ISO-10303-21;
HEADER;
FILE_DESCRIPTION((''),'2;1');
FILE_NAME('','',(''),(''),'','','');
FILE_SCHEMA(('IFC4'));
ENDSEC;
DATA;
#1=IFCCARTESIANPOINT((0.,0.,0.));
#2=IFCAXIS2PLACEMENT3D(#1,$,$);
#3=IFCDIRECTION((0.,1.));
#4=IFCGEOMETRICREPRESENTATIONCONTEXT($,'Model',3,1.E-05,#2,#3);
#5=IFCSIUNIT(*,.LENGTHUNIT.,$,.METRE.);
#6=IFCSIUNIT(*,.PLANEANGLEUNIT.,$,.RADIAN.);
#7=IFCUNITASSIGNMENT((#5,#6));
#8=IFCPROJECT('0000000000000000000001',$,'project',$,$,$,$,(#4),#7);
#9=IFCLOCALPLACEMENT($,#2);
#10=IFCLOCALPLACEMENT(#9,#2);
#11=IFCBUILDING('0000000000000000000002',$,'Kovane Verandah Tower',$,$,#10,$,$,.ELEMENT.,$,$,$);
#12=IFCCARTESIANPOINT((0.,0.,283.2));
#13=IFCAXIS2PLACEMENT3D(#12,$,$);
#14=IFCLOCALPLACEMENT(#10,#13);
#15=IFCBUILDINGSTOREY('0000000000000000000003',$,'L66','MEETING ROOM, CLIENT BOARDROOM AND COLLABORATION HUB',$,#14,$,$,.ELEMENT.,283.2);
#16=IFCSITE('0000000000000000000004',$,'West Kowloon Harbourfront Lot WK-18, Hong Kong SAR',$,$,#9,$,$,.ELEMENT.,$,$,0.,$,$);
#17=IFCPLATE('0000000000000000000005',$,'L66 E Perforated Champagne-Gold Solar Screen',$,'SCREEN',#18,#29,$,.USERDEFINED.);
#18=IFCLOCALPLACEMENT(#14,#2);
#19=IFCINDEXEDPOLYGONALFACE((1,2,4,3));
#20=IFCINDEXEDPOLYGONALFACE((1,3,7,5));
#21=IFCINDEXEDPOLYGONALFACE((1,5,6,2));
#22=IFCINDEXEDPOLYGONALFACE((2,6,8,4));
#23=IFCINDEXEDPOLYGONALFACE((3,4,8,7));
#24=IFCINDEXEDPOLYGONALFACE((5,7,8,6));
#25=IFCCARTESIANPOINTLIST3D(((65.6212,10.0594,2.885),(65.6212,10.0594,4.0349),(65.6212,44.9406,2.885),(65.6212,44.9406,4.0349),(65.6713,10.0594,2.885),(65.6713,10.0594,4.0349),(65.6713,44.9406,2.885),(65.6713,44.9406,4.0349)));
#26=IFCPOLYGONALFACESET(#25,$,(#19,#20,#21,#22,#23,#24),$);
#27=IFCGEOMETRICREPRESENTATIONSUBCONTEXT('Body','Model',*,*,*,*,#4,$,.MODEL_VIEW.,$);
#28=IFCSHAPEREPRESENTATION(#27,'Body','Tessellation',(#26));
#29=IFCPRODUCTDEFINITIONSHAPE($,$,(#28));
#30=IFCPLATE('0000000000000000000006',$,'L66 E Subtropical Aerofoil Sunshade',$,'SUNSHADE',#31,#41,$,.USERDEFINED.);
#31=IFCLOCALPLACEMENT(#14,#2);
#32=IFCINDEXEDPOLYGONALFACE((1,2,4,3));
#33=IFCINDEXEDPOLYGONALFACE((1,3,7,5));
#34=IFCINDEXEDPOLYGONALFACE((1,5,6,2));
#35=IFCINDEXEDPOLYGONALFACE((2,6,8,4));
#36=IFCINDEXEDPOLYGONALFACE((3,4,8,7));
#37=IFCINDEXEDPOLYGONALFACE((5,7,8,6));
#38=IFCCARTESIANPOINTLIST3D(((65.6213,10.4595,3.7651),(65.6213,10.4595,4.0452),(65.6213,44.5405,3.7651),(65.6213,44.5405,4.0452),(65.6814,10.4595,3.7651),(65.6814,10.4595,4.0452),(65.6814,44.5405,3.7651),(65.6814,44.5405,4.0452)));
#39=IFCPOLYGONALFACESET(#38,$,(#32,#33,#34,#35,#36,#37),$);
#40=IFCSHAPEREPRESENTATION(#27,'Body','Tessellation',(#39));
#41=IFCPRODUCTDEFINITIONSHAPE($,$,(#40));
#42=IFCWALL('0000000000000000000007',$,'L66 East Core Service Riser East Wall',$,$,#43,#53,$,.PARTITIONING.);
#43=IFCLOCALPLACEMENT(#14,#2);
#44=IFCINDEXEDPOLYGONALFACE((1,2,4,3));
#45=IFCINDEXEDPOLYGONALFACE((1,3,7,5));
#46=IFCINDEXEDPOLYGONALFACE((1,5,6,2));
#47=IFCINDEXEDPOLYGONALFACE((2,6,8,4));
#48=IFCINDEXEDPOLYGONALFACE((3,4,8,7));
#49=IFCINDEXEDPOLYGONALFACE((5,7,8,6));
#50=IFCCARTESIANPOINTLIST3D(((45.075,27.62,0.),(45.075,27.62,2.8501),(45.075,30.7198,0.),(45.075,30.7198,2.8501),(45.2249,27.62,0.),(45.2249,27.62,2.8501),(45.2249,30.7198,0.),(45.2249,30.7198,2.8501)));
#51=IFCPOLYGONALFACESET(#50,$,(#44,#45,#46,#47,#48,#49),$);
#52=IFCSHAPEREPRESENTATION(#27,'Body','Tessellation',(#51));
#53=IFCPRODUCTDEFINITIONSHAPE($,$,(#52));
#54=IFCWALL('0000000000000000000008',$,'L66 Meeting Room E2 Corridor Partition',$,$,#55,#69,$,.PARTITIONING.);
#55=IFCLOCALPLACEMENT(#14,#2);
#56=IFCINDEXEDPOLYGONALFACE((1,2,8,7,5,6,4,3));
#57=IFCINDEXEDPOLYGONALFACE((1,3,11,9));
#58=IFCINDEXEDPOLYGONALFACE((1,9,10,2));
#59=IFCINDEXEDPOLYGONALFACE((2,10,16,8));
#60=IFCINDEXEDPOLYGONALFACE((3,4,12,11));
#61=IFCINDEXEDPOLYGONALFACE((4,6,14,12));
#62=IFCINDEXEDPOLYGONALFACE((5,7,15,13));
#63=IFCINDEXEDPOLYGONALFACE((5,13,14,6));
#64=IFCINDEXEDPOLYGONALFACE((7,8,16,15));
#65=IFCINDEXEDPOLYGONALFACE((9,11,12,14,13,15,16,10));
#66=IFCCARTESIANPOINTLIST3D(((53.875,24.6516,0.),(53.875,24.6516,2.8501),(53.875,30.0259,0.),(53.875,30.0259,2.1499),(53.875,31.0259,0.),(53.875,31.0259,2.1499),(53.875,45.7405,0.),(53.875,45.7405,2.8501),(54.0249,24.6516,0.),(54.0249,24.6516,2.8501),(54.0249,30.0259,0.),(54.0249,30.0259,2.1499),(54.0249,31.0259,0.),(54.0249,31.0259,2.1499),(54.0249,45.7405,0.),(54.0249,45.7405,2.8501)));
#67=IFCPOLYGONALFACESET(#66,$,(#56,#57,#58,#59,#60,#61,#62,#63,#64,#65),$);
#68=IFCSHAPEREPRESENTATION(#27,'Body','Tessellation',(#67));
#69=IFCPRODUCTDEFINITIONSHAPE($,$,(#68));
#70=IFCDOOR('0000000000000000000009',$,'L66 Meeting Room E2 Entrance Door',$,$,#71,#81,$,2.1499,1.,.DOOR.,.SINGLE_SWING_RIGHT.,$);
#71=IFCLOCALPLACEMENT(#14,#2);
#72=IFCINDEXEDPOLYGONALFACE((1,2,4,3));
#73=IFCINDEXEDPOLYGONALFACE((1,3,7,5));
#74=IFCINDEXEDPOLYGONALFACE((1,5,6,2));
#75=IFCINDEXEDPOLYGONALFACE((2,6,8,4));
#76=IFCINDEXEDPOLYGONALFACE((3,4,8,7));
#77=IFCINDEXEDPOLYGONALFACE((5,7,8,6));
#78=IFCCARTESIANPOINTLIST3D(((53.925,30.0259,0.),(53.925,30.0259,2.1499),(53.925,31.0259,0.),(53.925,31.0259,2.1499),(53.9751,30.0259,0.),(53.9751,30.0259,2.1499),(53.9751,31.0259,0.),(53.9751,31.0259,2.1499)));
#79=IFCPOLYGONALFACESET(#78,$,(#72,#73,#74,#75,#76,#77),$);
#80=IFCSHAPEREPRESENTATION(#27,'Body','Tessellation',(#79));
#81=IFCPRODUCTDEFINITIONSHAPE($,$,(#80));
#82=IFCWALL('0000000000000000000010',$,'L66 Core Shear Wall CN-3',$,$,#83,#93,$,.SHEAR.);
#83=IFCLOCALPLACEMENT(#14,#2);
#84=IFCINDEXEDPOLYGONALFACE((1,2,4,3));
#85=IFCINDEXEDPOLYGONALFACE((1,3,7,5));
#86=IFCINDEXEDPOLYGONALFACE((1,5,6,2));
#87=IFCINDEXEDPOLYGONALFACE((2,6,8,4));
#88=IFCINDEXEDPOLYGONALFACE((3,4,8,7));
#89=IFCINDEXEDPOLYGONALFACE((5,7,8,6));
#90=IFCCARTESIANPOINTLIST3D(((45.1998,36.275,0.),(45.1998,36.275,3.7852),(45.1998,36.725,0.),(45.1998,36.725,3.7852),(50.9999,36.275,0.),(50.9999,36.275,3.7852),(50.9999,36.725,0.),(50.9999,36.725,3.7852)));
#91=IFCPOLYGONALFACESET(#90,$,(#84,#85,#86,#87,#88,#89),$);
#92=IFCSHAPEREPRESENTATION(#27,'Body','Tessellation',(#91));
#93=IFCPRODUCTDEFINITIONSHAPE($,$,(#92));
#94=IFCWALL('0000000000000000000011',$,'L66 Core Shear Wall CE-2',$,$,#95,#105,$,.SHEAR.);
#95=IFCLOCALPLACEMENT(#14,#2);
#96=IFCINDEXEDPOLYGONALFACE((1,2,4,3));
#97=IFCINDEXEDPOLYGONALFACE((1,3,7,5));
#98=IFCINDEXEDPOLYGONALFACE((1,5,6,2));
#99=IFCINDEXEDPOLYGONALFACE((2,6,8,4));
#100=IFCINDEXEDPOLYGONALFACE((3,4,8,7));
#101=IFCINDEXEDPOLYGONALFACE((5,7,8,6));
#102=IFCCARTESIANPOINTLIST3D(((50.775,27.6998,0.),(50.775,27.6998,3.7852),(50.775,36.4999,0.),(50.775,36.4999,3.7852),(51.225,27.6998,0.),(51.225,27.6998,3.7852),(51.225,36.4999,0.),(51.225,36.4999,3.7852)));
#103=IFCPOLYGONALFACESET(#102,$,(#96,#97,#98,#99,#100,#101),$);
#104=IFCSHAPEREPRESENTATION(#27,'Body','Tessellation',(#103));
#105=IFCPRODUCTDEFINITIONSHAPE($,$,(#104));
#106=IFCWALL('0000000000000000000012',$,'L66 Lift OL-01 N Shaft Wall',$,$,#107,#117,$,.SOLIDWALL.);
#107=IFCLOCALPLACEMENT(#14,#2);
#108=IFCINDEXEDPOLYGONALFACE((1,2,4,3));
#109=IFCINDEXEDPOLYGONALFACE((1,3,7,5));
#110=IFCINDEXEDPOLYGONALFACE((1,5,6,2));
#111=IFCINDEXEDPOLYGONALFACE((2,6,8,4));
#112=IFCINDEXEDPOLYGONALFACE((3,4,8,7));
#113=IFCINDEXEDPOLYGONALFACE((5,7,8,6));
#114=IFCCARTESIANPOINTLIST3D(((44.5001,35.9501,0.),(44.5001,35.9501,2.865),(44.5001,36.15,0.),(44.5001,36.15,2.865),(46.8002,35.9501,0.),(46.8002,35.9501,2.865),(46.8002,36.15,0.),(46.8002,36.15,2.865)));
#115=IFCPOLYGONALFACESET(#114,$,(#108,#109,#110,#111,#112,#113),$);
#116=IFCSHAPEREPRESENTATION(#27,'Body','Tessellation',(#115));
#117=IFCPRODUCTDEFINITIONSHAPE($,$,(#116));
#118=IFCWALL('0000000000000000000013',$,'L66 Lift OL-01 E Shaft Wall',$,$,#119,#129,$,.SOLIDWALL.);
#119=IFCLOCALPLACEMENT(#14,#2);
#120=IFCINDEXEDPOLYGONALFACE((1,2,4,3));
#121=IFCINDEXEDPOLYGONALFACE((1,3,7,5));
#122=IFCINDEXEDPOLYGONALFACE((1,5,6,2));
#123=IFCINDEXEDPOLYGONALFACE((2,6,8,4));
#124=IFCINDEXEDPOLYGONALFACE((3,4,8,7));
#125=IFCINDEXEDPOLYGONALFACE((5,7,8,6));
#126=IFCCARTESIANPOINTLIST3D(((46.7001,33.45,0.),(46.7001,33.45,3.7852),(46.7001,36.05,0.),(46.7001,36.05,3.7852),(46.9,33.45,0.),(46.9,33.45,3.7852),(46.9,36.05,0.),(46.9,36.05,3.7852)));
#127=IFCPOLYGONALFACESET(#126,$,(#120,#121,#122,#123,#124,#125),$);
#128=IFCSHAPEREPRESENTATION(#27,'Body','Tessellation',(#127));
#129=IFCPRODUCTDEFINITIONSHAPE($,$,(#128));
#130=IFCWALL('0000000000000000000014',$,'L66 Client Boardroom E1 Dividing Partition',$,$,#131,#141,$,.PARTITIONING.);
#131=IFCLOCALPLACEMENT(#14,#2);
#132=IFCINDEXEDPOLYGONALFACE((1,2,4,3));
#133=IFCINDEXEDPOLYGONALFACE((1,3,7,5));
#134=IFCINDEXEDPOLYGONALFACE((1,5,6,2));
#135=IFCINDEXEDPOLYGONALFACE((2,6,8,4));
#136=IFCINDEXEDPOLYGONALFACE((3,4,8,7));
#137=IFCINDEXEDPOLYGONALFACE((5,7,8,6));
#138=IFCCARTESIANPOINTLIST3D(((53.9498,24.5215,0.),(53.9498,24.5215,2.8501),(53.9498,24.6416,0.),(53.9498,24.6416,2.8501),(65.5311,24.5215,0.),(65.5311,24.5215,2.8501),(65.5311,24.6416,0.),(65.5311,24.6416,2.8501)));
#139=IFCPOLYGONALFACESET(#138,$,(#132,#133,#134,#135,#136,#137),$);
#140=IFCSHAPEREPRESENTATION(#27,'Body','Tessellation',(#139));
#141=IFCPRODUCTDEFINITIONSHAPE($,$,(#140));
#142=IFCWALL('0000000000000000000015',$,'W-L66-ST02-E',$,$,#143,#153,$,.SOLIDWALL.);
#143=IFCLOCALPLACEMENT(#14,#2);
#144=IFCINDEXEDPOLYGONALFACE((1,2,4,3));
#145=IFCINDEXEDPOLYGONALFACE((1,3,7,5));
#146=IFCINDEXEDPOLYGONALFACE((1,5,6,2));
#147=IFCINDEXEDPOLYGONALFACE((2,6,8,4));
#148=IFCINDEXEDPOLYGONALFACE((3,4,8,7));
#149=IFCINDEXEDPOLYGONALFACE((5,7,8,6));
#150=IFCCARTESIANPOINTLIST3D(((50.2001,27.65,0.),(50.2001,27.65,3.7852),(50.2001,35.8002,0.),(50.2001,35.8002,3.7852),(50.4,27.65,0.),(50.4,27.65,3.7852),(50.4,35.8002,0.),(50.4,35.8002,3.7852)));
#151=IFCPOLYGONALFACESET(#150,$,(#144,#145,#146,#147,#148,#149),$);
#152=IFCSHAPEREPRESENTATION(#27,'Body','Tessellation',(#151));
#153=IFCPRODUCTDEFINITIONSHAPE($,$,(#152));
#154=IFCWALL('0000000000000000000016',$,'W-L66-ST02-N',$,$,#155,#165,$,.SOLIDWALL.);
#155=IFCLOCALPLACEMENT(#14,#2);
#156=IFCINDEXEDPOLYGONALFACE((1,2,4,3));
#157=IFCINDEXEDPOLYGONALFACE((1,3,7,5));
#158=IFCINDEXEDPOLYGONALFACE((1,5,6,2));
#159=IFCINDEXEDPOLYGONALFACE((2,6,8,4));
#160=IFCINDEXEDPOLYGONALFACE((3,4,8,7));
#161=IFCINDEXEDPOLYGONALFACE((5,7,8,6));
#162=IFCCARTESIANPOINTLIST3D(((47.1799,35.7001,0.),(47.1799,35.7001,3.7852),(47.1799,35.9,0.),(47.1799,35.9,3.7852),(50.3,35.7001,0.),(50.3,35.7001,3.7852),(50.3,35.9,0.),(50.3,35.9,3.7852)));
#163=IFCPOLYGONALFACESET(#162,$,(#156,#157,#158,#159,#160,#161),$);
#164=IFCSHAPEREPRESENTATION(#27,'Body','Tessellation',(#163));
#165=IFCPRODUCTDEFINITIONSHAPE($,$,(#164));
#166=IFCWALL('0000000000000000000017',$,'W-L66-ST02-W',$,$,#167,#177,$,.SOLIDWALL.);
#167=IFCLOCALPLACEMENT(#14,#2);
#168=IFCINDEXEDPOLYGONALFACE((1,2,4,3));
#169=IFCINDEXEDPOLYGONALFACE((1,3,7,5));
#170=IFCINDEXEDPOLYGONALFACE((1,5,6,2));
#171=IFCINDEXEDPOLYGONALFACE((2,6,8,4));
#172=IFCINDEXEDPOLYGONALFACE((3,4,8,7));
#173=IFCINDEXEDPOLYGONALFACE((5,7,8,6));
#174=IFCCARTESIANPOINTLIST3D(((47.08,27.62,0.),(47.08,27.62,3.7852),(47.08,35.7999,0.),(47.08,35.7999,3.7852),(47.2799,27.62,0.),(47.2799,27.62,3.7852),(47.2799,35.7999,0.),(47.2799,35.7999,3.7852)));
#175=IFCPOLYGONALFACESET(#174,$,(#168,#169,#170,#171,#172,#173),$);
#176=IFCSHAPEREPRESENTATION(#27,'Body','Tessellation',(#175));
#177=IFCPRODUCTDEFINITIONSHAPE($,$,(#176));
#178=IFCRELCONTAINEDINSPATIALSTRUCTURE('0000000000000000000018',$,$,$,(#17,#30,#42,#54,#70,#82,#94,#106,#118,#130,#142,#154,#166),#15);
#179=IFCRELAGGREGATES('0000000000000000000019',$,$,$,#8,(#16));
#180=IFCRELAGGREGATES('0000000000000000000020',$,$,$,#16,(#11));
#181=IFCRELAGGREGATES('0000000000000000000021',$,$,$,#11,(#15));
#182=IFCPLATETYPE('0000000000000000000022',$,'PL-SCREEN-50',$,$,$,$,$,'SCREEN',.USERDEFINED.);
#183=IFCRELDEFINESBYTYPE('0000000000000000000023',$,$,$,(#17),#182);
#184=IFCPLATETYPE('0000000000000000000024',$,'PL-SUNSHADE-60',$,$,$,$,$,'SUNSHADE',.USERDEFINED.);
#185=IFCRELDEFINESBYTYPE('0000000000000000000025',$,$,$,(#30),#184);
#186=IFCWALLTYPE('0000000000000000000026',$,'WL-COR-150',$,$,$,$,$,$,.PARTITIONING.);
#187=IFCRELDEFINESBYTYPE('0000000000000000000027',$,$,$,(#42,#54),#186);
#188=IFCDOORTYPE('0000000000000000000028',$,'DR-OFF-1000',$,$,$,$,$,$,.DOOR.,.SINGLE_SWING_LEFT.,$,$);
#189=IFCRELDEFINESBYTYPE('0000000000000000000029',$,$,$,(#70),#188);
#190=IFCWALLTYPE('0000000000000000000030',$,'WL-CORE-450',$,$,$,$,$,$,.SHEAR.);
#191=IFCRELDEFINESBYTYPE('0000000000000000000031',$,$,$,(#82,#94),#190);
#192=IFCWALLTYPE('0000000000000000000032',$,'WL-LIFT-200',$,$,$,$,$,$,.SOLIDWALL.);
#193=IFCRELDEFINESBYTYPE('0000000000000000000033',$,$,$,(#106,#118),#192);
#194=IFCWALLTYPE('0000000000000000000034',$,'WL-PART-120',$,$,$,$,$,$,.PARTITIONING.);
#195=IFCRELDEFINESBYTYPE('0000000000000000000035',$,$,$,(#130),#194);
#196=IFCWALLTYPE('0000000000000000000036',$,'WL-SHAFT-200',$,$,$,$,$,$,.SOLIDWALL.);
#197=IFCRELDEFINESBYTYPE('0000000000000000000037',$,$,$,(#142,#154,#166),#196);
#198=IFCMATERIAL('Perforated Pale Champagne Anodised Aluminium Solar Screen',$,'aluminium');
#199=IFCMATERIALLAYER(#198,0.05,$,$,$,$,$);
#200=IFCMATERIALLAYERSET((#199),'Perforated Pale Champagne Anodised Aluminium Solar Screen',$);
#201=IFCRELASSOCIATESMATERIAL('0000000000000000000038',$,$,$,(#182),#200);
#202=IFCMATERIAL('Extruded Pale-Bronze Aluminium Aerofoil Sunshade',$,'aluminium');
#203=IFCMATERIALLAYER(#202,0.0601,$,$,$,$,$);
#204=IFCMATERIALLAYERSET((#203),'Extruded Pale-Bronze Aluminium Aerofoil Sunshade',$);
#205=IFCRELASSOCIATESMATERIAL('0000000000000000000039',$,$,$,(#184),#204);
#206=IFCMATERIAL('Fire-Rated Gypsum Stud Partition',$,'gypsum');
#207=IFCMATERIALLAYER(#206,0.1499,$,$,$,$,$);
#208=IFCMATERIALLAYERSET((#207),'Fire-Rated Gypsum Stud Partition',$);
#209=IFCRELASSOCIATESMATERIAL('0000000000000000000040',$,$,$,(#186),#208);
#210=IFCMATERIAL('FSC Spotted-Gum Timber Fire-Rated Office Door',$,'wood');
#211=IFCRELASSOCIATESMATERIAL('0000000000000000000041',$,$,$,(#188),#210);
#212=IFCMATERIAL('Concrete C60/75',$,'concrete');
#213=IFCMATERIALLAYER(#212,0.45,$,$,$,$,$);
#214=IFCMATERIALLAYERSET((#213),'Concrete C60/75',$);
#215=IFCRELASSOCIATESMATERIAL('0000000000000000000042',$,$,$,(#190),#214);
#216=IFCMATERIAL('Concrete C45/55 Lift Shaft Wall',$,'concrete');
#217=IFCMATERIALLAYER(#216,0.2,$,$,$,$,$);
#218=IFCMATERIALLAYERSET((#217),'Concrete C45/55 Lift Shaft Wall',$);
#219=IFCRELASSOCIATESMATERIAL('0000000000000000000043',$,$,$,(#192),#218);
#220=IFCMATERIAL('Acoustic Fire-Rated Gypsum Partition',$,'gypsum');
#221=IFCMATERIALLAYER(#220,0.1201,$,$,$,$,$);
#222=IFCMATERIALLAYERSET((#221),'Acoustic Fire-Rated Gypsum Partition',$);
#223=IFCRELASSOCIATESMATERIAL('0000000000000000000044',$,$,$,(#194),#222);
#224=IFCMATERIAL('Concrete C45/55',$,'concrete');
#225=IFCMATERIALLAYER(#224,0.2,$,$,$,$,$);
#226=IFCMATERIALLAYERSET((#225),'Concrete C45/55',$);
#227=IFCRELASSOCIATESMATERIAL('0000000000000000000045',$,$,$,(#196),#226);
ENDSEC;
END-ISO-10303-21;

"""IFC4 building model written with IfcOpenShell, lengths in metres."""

from ifc_helpers import new_model, si_unit, direction, frame, frame_2d, origin, origin_2d, place, context, subcontext, project, spatial, rectangle, extrude, material, layer, layer_set, type_object, element, fill, save


model = new_model("IFC4")

# Units and contexts
model_context = context("Model", 3, precision=1e-05, world=origin(), true_north=direction((0.0, 1.0)))
body_context = subcontext(model_context, "Body", "Model", "MODEL_VIEW")
ifc_project = project(units=[si_unit("LENGTHUNIT", "METRE"), si_unit("PLANEANGLEUNIT", "RADIAN")], contexts=[model_context])

# Site, building, storey
site_placement = place(None, origin())
site = spatial("IfcSite", under=ifc_project, at=site_placement, Name="West Kowloon Harbourfront Lot WK-18, Hong Kong SAR", CompositionType="ELEMENT", RefElevation=0.0)
building_placement = place(site_placement, origin())
building = spatial("IfcBuilding", under=site, at=building_placement, Name="Kovane Verandah Tower", CompositionType="ELEMENT")
storey_placement = place(building_placement, frame((0.0, 0.0, 283.2)))
storey = spatial("IfcBuildingStorey", under=building, at=storey_placement, Name="L66", Description="MEETING ROOM, CLIENT BOARDROOM AND COLLABORATION HUB", CompositionType="ELEMENT", Elevation=283.2)

# Plates
ifc_material_1 = material(Name="Perforated Pale Champagne Anodised Aluminium Solar Screen", Category="aluminium")
ifc_layer_1 = layer(ifc_material_1, 0.05)
ifc_layer_set_1 = layer_set([ifc_layer_1], Name="Perforated Pale Champagne Anodised Aluminium Solar Screen")
plate_type_1 = type_object("IfcPlateType", Name="PL-SCREEN-50", ElementType="SCREEN", PredefinedType="USERDEFINED", material=ifc_layer_set_1)
plate_1_placement = place(storey_placement, frame((65.6462, 27.5, 2.885), z_axis=(0.0, 0.0, 1.0), x_axis=(0.0, 1.0, 0.0)))
element("IfcPlate", 1, at=plate_1_placement, inside=storey, type_object=plate_type_1, Name="L66 E Perforated Champagne-Gold Solar Screen", ObjectType="SCREEN", PredefinedType="USERDEFINED", context=body_context, shape_type="SweptSolid", body=[
    extrude(rectangle(XDim=34.8811, YDim=0.05, at=origin_2d()), origin(), (0.0, 0.0, 1.0), 1.1499),
])
ifc_material_2 = material(Name="Extruded Pale-Bronze Aluminium Aerofoil Sunshade", Category="aluminium")
ifc_layer_2 = layer(ifc_material_2, 0.0601)
ifc_layer_set_2 = layer_set([ifc_layer_2], Name="Extruded Pale-Bronze Aluminium Aerofoil Sunshade")
plate_type_2 = type_object("IfcPlateType", Name="PL-SUNSHADE-60", ElementType="SUNSHADE", PredefinedType="USERDEFINED", material=ifc_layer_set_2)
plate_2_placement = place(storey_placement, frame((65.6514, 27.5, 3.7651), z_axis=(0.0, 0.0, 1.0), x_axis=(0.0, 1.0, 0.0)))
element("IfcPlate", 2, at=plate_2_placement, inside=storey, type_object=plate_type_2, Name="L66 E Subtropical Aerofoil Sunshade", ObjectType="SUNSHADE", PredefinedType="USERDEFINED", context=body_context, shape_type="SweptSolid", body=[
    extrude(rectangle(XDim=34.0811, YDim=0.0601, at=origin_2d()), origin(), (0.0, 0.0, 1.0), 0.28),
])

# Wall
ifc_material_3 = material(Name="Fire-Rated Gypsum Stud Partition", Category="gypsum")
ifc_layer_3 = layer(ifc_material_3, 0.1499)
ifc_layer_set_3 = layer_set([ifc_layer_3], Name="Fire-Rated Gypsum Stud Partition")
wall_type_1 = type_object("IfcWallType", Name="WL-COR-150", PredefinedType="PARTITIONING", material=ifc_layer_set_3)
wall_1_placement = place(storey_placement, frame((45.1499, 27.6201, 0.0), z_axis=(0.0, 0.0, 1.0), x_axis=(0.0, 1.0, 0.0)))
element("IfcWall", 3, at=wall_1_placement, inside=storey, type_object=wall_type_1, Name="L66 East Core Service Riser East Wall", PredefinedType="PARTITIONING", context=body_context, shape_type="SweptSolid", body=[
    extrude(rectangle(XDim=3.0999, YDim=0.1499, at=frame_2d((1.5498, 0.0))), origin(), (0.0, 0.0, 1.0), 2.8501),
])

# Wall, opening, door
wall_2_placement = place(storey_placement, frame((53.95, 24.6516, 0.0), z_axis=(0.0, 0.0, 1.0), x_axis=(0.0, 1.0, 0.0)))
wall_2 = element("IfcWall", 4, at=wall_2_placement, inside=storey, type_object=wall_type_1, Name="L66 Meeting Room E2 Corridor Partition", PredefinedType="PARTITIONING", context=body_context, shape_type="SweptSolid", body=[
    extrude(rectangle(XDim=21.0889, YDim=0.1499, at=frame_2d((10.5444, 0.0))), origin(), (0.0, 0.0, 1.0), 2.8501),
])
opening_1_placement = place(wall_2_placement, frame((5.3743, 0.0, 0.0)))
opening_1 = element("IfcOpeningElement", 5, at=opening_1_placement, cuts=wall_2, PredefinedType="OPENING", context=body_context, shape_type="SweptSolid", body=[
    extrude(rectangle(XDim=1.0, YDim=2.1499, at=frame_2d((0.5, 1.075))), frame((0.0, 0.075, 0.0), z_axis=(0.0, -1.0, 0.0), x_axis=(1.0, 0.0, 0.0)), (0.0, 0.0, 1.0), 0.1499),
])
ifc_material_4 = material(Name="FSC Spotted-Gum Timber Fire-Rated Office Door", Category="wood")
door_type_1 = type_object("IfcDoorType", Name="DR-OFF-1000", OperationType="SINGLE_SWING_LEFT", PredefinedType="DOOR", material=ifc_material_4)
door_1_placement = place(opening_1_placement, origin())
door_1 = element("IfcDoor", 6, at=door_1_placement, inside=storey, type_object=door_type_1, Name="L66 Meeting Room E2 Entrance Door", OperationType="SINGLE_SWING_RIGHT", OverallHeight=2.1499, OverallWidth=1.0, PredefinedType="DOOR", context=body_context, shape_type="SweptSolid", body=[
    extrude(rectangle(XDim=1.0, YDim=2.1499, at=frame_2d((0.5, 1.075))), frame((0.0, 0.0249, 0.0), z_axis=(0.0, -1.0, 0.0), x_axis=(1.0, 0.0, 0.0)), (0.0, 0.0, 1.0), 0.05),
])
fill(opening_1, door_1)

# Walls
ifc_material_5 = material(Name="Concrete C60/75", Category="concrete")
ifc_layer_4 = layer(ifc_material_5, 0.45)
ifc_layer_set_4 = layer_set([ifc_layer_4], Name="Concrete C60/75")
wall_type_2 = type_object("IfcWallType", Name="WL-CORE-450", PredefinedType="SHEAR", material=ifc_layer_set_4)
wall_3_placement = place(storey_placement, frame((45.2, 36.5, 0.0), z_axis=(0.0, 0.0, 1.0), x_axis=(1.0, 0.0, 0.0)))
element("IfcWall", 7, at=wall_3_placement, inside=storey, type_object=wall_type_2, Name="L66 Core Shear Wall CN-3", PredefinedType="SHEAR", context=body_context, shape_type="SweptSolid", body=[
    extrude(rectangle(XDim=5.8, YDim=0.45, at=frame_2d((2.8999, 0.0))), origin(), (0.0, 0.0, 1.0), 3.7852),
])
wall_4_placement = place(storey_placement, frame((51.0, 27.7, 0.0), z_axis=(0.0, 0.0, 1.0), x_axis=(0.0, 1.0, 0.0)))
element("IfcWall", 8, at=wall_4_placement, inside=storey, type_object=wall_type_2, Name="L66 Core Shear Wall CE-2", PredefinedType="SHEAR", context=body_context, shape_type="SweptSolid", body=[
    extrude(rectangle(XDim=8.8, YDim=0.45, at=frame_2d((4.3999, 0.0))), origin(), (0.0, 0.0, 1.0), 3.7852),
])
ifc_material_6 = material(Name="Concrete C45/55 Lift Shaft Wall", Category="concrete")
ifc_layer_5 = layer(ifc_material_6, 0.2)
ifc_layer_set_5 = layer_set([ifc_layer_5], Name="Concrete C45/55 Lift Shaft Wall")
wall_type_3 = type_object("IfcWallType", Name="WL-LIFT-200", PredefinedType="SOLIDWALL", material=ifc_layer_set_5)
wall_5_placement = place(storey_placement, frame((46.8, 36.05, 0.0), z_axis=(0.0, 0.0, 1.0), x_axis=(-1.0, 0.0, 0.0)))
element("IfcWall", 9, at=wall_5_placement, inside=storey, type_object=wall_type_3, Name="L66 Lift OL-01 N Shaft Wall", PredefinedType="SOLIDWALL", context=body_context, shape_type="SweptSolid", body=[
    extrude(rectangle(XDim=2.3, YDim=0.2, at=frame_2d((1.1499, 0.0))), origin(), (0.0, 0.0, 1.0), 2.865),
])
wall_6_placement = place(storey_placement, frame((46.8, 33.45, 0.0), z_axis=(0.0, 0.0, 1.0), x_axis=(0.0, 1.0, 0.0)))
element("IfcWall", 10, at=wall_6_placement, inside=storey, type_object=wall_type_3, Name="L66 Lift OL-01 E Shaft Wall", PredefinedType="SOLIDWALL", context=body_context, shape_type="SweptSolid", body=[
    extrude(rectangle(XDim=2.6001, YDim=0.2, at=frame_2d((1.3, 0.0))), origin(), (0.0, 0.0, 1.0), 3.7852),
])
ifc_material_7 = material(Name="Acoustic Fire-Rated Gypsum Partition", Category="gypsum")
ifc_layer_6 = layer(ifc_material_7, 0.1201)
ifc_layer_set_6 = layer_set([ifc_layer_6], Name="Acoustic Fire-Rated Gypsum Partition")
wall_type_4 = type_object("IfcWallType", Name="WL-PART-120", PredefinedType="PARTITIONING", material=ifc_layer_set_6)
wall_7_placement = place(storey_placement, frame((53.95, 24.5815, 0.0), z_axis=(0.0, 0.0, 1.0), x_axis=(1.0, 0.0, 0.0)))
element("IfcWall", 11, at=wall_7_placement, inside=storey, type_object=wall_type_4, Name="L66 Client Boardroom E1 Dividing Partition", PredefinedType="PARTITIONING", context=body_context, shape_type="SweptSolid", body=[
    extrude(rectangle(XDim=11.5813, YDim=0.1201, at=frame_2d((5.7905, 0.0))), origin(), (0.0, 0.0, 1.0), 2.8501),
])
ifc_material_8 = material(Name="Concrete C45/55", Category="concrete")
ifc_layer_7 = layer(ifc_material_8, 0.2)
ifc_layer_set_7 = layer_set([ifc_layer_7], Name="Concrete C45/55")
wall_type_5 = type_object("IfcWallType", Name="WL-SHAFT-200", PredefinedType="SOLIDWALL", material=ifc_layer_set_7)
wall_8_placement = place(storey_placement, frame((50.3, 27.6499, 0.0), z_axis=(0.0, 0.0, 1.0), x_axis=(0.0, 1.0, 0.0)))
element("IfcWall", 12, at=wall_8_placement, inside=storey, type_object=wall_type_5, Name="W-L66-ST02-E", PredefinedType="SOLIDWALL", context=body_context, shape_type="SweptSolid", body=[
    extrude(rectangle(XDim=8.1501, YDim=0.2, at=frame_2d((4.0752, 0.0))), origin(), (0.0, 0.0, 1.0), 3.7852),
])
wall_9_placement = place(storey_placement, frame((47.1799, 35.8, 0.0), z_axis=(0.0, 0.0, 1.0), x_axis=(1.0, 0.0, 0.0)))
element("IfcWall", 13, at=wall_9_placement, inside=storey, type_object=wall_type_5, Name="W-L66-ST02-N", PredefinedType="SOLIDWALL", context=body_context, shape_type="SweptSolid", body=[
    extrude(rectangle(XDim=3.1201, YDim=0.2, at=frame_2d((1.5601, 0.0))), origin(), (0.0, 0.0, 1.0), 3.7852),
])
wall_10_placement = place(storey_placement, frame((47.1799, 27.6201, 0.0), z_axis=(0.0, 0.0, 1.0), x_axis=(0.0, 1.0, 0.0)))
element("IfcWall", 14, at=wall_10_placement, inside=storey, type_object=wall_type_5, Name="W-L66-ST02-W", PredefinedType="SOLIDWALL", context=body_context, shape_type="SweptSolid", body=[
    extrude(rectangle(XDim=8.1799, YDim=0.2, at=frame_2d((4.0898, 0.0))), origin(), (0.0, 0.0, 1.0), 3.7852),
])

save(model, "model.ifc")
